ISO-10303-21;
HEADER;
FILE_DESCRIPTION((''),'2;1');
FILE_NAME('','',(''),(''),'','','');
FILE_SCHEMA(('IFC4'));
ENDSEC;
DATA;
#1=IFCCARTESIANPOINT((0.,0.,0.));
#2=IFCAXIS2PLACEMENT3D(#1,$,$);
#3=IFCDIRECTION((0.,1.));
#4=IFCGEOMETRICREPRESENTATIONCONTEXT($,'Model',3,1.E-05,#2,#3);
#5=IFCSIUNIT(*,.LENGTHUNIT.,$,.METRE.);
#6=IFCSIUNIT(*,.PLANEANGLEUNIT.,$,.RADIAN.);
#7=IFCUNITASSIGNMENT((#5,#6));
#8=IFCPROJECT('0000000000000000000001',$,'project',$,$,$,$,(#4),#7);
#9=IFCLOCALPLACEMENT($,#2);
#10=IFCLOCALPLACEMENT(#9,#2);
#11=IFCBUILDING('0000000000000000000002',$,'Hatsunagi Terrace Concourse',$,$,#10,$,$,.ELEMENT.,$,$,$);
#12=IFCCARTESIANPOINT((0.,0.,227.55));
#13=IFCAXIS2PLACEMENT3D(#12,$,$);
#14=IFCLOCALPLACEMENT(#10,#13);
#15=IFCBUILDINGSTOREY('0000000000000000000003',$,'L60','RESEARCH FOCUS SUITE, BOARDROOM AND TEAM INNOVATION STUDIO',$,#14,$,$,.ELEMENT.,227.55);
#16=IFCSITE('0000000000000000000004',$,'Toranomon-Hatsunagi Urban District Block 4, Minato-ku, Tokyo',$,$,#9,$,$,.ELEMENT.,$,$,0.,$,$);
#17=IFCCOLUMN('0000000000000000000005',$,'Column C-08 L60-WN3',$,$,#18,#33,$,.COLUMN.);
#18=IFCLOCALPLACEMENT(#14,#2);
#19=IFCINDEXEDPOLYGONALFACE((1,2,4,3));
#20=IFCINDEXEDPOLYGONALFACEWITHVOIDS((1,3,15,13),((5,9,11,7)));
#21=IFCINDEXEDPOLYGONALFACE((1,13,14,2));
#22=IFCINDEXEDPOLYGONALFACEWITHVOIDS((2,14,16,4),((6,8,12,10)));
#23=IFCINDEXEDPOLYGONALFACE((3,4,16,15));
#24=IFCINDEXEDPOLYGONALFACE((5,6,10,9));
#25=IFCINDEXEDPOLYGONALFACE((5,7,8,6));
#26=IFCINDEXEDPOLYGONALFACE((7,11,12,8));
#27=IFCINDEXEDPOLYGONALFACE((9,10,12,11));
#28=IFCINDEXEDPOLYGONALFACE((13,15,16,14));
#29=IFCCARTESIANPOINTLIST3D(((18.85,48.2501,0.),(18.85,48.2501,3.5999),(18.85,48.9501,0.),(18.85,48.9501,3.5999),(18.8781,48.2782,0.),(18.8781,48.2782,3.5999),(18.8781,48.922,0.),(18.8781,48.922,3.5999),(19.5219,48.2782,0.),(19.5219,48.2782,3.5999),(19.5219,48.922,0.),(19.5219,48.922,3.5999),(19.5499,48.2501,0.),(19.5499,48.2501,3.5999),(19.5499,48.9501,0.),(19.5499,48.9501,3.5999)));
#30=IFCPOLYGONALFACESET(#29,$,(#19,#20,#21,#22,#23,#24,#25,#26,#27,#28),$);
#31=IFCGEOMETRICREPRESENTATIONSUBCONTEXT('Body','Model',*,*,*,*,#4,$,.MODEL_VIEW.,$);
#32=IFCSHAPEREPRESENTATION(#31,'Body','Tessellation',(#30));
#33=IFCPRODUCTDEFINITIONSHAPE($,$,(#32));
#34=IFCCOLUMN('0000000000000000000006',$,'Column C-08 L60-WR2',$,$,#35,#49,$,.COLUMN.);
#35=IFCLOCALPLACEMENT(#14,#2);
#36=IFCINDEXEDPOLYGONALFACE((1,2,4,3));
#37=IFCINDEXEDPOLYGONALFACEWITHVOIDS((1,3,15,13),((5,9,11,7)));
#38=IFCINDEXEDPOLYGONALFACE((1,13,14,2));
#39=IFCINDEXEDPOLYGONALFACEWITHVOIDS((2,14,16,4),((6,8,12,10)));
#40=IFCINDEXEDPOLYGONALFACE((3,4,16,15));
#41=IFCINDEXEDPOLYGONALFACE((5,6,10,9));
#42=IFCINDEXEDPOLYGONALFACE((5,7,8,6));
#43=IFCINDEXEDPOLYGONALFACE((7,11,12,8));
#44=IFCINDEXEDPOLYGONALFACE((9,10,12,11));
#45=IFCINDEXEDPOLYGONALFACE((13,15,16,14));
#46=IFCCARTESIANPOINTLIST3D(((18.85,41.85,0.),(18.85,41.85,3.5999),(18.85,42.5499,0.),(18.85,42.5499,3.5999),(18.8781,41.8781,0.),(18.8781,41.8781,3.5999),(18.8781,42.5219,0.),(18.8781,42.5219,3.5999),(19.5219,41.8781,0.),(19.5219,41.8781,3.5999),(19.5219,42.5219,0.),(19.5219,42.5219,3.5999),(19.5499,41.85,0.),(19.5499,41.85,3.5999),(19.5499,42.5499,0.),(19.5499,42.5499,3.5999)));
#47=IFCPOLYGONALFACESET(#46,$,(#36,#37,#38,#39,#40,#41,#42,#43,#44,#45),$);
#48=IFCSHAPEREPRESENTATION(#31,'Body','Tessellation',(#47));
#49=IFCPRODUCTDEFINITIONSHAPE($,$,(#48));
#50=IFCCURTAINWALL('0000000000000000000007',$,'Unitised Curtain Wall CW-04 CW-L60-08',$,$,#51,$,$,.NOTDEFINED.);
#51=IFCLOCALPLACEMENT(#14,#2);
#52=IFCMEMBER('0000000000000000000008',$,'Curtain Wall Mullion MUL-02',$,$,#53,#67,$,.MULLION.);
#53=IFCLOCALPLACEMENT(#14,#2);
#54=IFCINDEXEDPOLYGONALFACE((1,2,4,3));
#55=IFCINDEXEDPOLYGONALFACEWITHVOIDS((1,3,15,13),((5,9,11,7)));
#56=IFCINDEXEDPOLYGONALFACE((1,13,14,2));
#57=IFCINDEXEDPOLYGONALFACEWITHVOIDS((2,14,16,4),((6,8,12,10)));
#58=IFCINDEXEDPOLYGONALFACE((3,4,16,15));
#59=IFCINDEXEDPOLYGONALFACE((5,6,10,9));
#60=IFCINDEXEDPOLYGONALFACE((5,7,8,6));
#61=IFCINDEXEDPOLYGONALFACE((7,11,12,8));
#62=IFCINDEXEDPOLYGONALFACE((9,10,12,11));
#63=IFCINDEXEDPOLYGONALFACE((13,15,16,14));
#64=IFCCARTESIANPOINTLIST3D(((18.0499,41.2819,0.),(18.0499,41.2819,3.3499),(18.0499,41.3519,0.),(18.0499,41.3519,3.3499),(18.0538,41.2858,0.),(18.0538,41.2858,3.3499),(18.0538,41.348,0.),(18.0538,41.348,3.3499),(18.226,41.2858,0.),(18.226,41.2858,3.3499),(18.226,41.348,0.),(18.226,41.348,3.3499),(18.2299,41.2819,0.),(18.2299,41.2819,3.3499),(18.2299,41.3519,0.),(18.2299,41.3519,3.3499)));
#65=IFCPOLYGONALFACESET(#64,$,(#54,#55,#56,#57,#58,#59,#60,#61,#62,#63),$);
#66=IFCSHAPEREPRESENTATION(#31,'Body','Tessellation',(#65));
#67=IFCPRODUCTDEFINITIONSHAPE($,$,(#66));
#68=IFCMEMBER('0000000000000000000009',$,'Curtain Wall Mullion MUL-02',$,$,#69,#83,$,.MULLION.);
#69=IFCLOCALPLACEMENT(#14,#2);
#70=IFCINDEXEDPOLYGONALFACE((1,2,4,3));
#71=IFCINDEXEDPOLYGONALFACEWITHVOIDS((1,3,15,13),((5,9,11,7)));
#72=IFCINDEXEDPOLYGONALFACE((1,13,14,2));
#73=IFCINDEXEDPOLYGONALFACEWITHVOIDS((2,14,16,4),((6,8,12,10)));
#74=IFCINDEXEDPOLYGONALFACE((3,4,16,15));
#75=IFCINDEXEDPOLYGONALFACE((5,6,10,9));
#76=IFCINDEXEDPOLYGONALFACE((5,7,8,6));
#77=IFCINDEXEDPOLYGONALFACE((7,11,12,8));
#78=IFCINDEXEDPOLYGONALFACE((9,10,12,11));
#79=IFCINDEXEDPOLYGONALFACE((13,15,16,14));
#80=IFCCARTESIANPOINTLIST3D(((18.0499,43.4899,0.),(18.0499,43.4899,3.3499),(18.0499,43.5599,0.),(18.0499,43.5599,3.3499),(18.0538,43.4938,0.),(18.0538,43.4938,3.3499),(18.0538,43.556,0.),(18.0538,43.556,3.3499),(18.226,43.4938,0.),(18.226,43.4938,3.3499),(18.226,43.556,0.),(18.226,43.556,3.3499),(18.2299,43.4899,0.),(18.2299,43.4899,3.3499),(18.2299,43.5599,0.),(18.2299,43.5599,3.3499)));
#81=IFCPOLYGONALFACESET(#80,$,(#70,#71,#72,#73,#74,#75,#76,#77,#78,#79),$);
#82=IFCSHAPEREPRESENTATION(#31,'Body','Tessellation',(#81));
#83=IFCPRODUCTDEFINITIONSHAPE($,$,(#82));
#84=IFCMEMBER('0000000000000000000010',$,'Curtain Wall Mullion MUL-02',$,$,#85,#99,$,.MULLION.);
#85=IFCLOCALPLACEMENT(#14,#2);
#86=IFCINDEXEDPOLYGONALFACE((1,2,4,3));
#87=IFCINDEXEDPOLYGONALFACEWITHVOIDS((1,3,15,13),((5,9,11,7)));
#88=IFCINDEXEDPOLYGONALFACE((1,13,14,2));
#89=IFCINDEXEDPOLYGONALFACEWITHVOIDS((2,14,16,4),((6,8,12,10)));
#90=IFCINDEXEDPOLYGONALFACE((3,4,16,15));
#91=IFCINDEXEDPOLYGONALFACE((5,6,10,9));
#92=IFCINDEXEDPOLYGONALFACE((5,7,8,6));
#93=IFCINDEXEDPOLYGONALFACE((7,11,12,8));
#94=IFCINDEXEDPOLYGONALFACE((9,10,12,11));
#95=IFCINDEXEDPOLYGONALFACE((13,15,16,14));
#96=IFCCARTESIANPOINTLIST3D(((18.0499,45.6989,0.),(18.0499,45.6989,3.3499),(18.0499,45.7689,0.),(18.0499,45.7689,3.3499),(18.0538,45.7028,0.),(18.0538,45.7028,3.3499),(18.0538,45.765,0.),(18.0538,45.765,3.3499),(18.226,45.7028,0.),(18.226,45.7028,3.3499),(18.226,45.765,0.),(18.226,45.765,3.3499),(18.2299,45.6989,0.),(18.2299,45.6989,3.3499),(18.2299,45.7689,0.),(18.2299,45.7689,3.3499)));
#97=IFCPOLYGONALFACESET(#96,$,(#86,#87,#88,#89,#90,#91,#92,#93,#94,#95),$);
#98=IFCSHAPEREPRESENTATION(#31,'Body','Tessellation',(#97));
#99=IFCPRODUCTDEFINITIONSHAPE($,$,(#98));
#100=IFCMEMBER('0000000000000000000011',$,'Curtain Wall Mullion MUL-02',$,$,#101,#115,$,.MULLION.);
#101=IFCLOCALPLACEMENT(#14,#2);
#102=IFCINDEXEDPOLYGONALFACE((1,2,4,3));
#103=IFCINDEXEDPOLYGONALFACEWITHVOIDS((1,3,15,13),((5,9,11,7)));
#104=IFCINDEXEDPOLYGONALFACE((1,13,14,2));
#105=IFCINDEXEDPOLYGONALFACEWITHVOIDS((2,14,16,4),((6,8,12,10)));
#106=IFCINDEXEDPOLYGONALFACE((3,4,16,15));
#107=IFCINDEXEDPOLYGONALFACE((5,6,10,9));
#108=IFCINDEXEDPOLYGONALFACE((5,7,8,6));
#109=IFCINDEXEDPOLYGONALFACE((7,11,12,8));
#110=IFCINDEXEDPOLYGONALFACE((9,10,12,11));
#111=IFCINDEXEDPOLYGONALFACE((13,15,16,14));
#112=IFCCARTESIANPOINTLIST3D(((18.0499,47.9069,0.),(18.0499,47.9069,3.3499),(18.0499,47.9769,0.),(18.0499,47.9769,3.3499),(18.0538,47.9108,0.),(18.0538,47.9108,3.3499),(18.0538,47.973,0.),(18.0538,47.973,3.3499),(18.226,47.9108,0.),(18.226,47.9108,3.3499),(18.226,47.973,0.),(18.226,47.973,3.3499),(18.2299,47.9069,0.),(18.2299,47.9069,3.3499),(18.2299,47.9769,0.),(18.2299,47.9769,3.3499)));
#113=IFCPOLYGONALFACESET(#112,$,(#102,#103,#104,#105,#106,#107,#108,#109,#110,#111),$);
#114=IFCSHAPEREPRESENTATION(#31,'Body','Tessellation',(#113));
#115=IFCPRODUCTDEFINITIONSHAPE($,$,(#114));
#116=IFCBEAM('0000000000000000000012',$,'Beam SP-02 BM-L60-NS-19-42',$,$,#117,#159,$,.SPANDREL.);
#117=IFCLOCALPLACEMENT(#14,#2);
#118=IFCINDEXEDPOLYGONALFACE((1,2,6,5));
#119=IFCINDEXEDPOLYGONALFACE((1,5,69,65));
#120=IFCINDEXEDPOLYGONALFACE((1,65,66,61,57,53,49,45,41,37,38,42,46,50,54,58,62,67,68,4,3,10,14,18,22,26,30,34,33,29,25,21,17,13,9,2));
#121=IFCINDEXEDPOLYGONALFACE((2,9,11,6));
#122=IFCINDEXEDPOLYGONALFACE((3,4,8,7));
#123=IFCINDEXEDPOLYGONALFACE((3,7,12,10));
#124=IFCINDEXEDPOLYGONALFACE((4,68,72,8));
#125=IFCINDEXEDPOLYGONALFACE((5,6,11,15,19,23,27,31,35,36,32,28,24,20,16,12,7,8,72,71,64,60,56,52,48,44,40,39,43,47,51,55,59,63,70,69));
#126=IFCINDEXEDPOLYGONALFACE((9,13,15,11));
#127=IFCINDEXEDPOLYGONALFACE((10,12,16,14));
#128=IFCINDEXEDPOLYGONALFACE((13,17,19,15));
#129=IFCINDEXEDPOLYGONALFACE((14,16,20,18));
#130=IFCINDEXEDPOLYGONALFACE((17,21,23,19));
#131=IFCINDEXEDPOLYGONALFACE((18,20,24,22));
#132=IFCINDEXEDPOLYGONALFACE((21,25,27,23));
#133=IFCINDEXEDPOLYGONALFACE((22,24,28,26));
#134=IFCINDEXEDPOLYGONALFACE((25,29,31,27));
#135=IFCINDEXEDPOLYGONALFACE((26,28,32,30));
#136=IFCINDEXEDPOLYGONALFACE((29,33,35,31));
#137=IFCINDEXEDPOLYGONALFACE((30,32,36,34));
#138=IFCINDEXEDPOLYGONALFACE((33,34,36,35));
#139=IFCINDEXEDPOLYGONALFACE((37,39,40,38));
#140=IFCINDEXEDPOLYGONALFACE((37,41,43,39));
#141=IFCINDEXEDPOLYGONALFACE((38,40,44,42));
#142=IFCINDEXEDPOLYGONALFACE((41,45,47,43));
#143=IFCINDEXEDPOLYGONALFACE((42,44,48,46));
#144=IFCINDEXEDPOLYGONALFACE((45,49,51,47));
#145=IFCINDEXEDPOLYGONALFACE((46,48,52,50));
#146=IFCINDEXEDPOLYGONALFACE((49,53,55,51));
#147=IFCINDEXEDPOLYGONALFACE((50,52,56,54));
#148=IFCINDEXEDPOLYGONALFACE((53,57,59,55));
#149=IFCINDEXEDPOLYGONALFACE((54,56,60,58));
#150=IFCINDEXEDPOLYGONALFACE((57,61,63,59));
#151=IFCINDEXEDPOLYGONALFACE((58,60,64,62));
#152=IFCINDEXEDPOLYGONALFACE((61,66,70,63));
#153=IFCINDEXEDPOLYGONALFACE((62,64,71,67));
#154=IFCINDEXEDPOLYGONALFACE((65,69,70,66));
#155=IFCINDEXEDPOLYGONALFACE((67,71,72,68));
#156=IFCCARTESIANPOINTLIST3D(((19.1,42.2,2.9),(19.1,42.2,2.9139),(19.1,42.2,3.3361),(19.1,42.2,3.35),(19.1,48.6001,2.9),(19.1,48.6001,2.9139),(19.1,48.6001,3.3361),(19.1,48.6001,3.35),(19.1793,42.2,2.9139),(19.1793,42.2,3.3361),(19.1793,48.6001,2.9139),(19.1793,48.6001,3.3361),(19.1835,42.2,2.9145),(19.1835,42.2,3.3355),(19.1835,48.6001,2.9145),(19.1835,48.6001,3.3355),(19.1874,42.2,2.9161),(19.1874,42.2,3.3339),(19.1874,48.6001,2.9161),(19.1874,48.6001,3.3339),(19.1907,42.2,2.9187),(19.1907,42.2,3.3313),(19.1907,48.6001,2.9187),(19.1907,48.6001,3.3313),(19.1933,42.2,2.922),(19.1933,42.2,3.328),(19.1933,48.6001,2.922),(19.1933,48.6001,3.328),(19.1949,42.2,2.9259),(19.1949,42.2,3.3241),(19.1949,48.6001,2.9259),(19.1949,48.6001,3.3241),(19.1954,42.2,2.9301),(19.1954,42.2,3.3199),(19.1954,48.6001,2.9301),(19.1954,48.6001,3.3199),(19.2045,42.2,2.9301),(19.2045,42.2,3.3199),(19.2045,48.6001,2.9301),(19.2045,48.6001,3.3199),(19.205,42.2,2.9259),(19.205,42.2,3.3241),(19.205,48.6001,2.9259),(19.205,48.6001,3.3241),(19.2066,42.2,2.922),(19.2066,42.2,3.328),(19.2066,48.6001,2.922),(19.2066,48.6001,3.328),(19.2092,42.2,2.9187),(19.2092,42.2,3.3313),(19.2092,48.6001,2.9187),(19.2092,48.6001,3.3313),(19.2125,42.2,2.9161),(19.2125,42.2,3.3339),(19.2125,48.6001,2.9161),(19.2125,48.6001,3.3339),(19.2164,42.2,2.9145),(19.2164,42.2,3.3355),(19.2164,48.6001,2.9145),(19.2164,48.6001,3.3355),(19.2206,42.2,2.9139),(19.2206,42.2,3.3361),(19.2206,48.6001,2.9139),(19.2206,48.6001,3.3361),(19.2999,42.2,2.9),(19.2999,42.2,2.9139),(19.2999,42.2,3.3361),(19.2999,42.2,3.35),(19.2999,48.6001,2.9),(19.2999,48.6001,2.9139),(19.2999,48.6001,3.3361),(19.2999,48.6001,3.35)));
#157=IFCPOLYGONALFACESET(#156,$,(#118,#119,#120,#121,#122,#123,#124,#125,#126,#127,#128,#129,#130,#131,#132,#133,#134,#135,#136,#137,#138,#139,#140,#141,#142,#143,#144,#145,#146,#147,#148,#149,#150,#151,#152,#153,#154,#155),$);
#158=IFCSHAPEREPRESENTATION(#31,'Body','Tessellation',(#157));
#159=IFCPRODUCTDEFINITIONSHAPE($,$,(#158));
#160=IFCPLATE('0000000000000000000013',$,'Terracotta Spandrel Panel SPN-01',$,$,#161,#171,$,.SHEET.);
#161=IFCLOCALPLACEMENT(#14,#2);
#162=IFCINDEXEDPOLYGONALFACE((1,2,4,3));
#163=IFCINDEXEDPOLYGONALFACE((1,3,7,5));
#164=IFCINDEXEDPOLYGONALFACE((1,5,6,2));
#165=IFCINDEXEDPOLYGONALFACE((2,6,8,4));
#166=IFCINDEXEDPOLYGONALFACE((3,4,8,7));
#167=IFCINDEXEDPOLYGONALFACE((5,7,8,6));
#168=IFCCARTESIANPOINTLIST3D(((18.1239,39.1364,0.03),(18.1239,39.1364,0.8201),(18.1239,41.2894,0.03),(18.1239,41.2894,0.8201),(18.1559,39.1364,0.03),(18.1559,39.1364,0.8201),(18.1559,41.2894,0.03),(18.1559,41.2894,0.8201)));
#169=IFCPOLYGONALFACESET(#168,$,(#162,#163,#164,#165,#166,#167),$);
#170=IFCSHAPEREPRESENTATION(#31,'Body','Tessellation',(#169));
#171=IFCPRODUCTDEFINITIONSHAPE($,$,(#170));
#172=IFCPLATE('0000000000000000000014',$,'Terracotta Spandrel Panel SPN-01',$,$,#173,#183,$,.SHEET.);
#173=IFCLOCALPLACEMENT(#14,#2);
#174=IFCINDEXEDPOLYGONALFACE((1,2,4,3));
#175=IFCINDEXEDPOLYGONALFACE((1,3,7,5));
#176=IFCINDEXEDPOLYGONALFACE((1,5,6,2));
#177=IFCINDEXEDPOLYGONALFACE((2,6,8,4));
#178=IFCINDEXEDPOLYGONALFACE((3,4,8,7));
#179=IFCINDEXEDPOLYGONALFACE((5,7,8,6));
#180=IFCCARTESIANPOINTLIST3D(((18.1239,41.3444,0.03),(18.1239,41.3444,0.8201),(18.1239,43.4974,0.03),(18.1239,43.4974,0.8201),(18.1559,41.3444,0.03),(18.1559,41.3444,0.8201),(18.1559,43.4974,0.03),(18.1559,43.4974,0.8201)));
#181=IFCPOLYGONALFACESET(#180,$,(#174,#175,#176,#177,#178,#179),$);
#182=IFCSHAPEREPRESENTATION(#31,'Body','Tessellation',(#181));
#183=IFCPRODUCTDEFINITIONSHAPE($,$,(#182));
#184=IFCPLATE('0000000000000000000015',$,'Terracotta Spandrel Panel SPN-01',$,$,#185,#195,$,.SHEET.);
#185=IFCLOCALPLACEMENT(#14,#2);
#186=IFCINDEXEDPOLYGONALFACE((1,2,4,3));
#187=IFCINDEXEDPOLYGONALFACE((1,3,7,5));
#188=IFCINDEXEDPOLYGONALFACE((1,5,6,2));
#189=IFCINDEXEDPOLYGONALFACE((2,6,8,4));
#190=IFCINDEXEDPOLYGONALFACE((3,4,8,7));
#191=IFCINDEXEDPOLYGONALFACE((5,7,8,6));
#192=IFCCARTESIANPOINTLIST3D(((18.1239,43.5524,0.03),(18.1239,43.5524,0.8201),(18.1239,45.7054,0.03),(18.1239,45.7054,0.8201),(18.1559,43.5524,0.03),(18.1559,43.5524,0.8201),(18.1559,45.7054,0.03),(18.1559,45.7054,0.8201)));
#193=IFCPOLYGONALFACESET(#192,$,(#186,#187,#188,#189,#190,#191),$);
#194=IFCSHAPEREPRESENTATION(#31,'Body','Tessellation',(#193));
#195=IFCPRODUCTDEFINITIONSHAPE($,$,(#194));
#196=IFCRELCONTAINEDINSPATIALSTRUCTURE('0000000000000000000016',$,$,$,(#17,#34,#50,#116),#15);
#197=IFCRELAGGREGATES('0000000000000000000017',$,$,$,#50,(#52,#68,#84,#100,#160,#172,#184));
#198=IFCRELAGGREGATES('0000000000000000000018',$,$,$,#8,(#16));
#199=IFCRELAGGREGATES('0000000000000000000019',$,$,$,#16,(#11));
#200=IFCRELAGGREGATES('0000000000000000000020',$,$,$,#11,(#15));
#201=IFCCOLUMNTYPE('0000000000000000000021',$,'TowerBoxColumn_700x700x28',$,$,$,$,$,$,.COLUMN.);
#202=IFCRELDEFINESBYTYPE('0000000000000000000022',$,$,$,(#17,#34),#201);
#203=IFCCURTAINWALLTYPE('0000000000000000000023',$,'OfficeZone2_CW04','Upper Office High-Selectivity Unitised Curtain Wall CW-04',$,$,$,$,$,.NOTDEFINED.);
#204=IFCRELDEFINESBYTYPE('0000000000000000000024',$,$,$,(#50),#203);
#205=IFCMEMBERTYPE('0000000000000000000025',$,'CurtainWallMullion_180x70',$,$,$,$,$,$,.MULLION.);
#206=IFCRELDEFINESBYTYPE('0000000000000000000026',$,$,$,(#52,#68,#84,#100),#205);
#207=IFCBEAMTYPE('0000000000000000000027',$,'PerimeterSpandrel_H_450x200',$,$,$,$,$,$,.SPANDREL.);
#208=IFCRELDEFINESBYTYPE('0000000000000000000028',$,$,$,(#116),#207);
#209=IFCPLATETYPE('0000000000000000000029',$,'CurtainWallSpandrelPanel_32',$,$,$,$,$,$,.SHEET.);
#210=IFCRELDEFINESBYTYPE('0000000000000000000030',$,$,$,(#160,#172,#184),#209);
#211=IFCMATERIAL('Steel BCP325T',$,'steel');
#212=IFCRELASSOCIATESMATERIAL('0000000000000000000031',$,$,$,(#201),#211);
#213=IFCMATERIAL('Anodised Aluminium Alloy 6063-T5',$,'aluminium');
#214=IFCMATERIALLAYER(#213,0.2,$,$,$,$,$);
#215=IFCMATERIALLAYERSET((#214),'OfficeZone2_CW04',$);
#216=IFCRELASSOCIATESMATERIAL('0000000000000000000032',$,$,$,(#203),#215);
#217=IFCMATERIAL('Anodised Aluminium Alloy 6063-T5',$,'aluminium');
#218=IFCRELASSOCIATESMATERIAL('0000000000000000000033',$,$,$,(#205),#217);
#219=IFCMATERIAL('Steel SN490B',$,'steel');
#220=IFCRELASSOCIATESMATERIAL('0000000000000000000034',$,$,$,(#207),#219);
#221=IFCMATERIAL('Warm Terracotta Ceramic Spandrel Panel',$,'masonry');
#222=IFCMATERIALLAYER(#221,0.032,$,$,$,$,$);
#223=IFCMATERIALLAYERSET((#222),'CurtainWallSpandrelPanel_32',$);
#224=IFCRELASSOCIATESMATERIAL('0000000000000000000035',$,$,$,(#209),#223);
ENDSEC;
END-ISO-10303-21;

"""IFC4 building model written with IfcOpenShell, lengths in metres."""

from ifc_helpers import new_model, si_unit, direction, frame, origin, origin_2d, place, context, subcontext, project, spatial, rectangle, hollow_rectangle, i_section, extrude, material, layer, layer_set, material_profile, profile_set, type_object, element, aggregate, save


model = new_model("IFC4")

# Units and contexts
model_context = context("Model", 3, precision=1e-05, world=origin(), true_north=direction((0.0, 1.0)))
body_context = subcontext(model_context, "Body", "Model", "MODEL_VIEW")
ifc_project = project(units=[si_unit("LENGTHUNIT", "METRE"), si_unit("PLANEANGLEUNIT", "RADIAN")], contexts=[model_context])

# Site, building, storey
site_placement = place(None, origin())
site = spatial("IfcSite", under=ifc_project, at=site_placement, Name="Toranomon-Hatsunagi Urban District Block 4, Minato-ku, Tokyo", CompositionType="ELEMENT", RefElevation=0.0)
building_placement = place(site_placement, origin())
building = spatial("IfcBuilding", under=site, at=building_placement, Name="Hatsunagi Terrace Concourse", CompositionType="ELEMENT")
storey_placement = place(building_placement, frame((0.0, 0.0, 227.55)))
storey = spatial("IfcBuildingStorey", under=building, at=storey_placement, Name="L60", Description="RESEARCH FOCUS SUITE, BOARDROOM AND TEAM INNOVATION STUDIO", CompositionType="ELEMENT", Elevation=227.55)

# Columns
ifc_material_1 = material(Name="Steel BCP325T", Category="steel")
ifc_material_profile_1 = material_profile(ifc_material_1, hollow_rectangle(XDim=0.7, YDim=0.7, WallThickness=0.0281, at=origin_2d()), Name="BCP-700x700x28")
ifc_profile_set_1 = profile_set([ifc_material_profile_1], Name="Steel BCP325T")
column_type = type_object("IfcColumnType", Name="TowerBoxColumn_700x700x28", PredefinedType="COLUMN", material=ifc_profile_set_1)
for number, where, z_axis, x_axis, name in (
    (1, (19.2, 48.6001, 0.0), (0.0, 0.0, 1.0), (1.0, 0.0, 0.0), "Column C-08 L60-WN3"),
    (2, (19.2, 42.2, 0.0), (0.0, 0.0, 1.0), (1.0, 0.0, 0.0), "Column C-08 L60-WR2"),
):
    element("IfcColumn", number, at=place(storey_placement, frame(where, z_axis=z_axis, x_axis=x_axis)), inside=storey, type_object=column_type, Name=name, PredefinedType="COLUMN", context=body_context, shape_type="SweptSolid", body=[
        extrude(hollow_rectangle(XDim=0.7, YDim=0.7, WallThickness=0.0281, at=origin_2d()), origin(), (0.0, 0.0, 1.0), 3.5999),
    ])

# Curtain wall, members
ifc_material_2 = material(Name="Anodised Aluminium Alloy 6063-T5", Category="aluminium")
ifc_layer_1 = layer(ifc_material_2, 0.2)
ifc_layer_set_1 = layer_set([ifc_layer_1], Name="OfficeZone2_CW04")
curtain_wall_type = type_object("IfcCurtainWallType", Name="OfficeZone2_CW04", Description="Upper Office High-Selectivity Unitised Curtain Wall CW-04", PredefinedType="NOTDEFINED", material=ifc_layer_set_1)
curtain_wall_placement = place(storey_placement, origin())
curtain_wall = element("IfcCurtainWall", 3, at=curtain_wall_placement, inside=storey, type_object=curtain_wall_type, Name="Unitised Curtain Wall CW-04 CW-L60-08", PredefinedType="NOTDEFINED")
ifc_material_3 = material(Name="Anodised Aluminium Alloy 6063-T5", Category="aluminium")
ifc_material_profile_2 = material_profile(ifc_material_3, hollow_rectangle(XDim=0.0701, YDim=0.1799, WallThickness=0.0039, at=origin_2d()), Name="ALU-MUL-180x70x4")
ifc_profile_set_2 = profile_set([ifc_material_profile_2], Name="Anodised Aluminium Alloy 6063-T5")
member_type = type_object("IfcMemberType", Name="CurtainWallMullion_180x70", PredefinedType="MULLION", material=ifc_profile_set_2)
member_1_placement = place(storey_placement, frame((18.1399, 41.3169, 0.0), z_axis=(0.0, 0.0, 1.0), x_axis=(0.0, 1.0, 0.0)))
member_1 = element("IfcMember", 4, at=member_1_placement, type_object=member_type, Name="Curtain Wall Mullion MUL-02", PredefinedType="MULLION", context=body_context, shape_type="SweptSolid", body=[
    extrude(hollow_rectangle(XDim=0.0701, YDim=0.1799, WallThickness=0.0039, at=origin_2d()), origin(), (0.0, 0.0, 1.0), 3.3499),
])
member_2_placement = place(storey_placement, frame((18.1399, 43.5249, 0.0), z_axis=(0.0, 0.0, 1.0), x_axis=(0.0, 1.0, 0.0)))
member_2 = element("IfcMember", 5, at=member_2_placement, type_object=member_type, Name="Curtain Wall Mullion MUL-02", PredefinedType="MULLION", context=body_context, shape_type="SweptSolid", body=[
    extrude(hollow_rectangle(XDim=0.0701, YDim=0.1799, WallThickness=0.0039, at=origin_2d()), origin(), (0.0, 0.0, 1.0), 3.3499),
])
member_3_placement = place(storey_placement, frame((18.1399, 45.7339, 0.0), z_axis=(0.0, 0.0, 1.0), x_axis=(0.0, 1.0, 0.0)))
member_3 = element("IfcMember", 6, at=member_3_placement, type_object=member_type, Name="Curtain Wall Mullion MUL-02", PredefinedType="MULLION", context=body_context, shape_type="SweptSolid", body=[
    extrude(hollow_rectangle(XDim=0.0701, YDim=0.1799, WallThickness=0.0039, at=origin_2d()), origin(), (0.0, 0.0, 1.0), 3.3499),
])
member_4_placement = place(storey_placement, frame((18.1399, 47.9419, 0.0), z_axis=(0.0, 0.0, 1.0), x_axis=(0.0, 1.0, 0.0)))
member_4 = element("IfcMember", 7, at=member_4_placement, type_object=member_type, Name="Curtain Wall Mullion MUL-02", PredefinedType="MULLION", context=body_context, shape_type="SweptSolid", body=[
    extrude(hollow_rectangle(XDim=0.0701, YDim=0.1799, WallThickness=0.0039, at=origin_2d()), origin(), (0.0, 0.0, 1.0), 3.3499),
])

# Beam
ifc_material_4 = material(Name="Steel SN490B", Category="steel")
ifc_material_profile_3 = material_profile(ifc_material_4, i_section(OverallWidth=0.2, OverallDepth=0.45, WebThickness=0.009, FlangeThickness=0.0139, FilletRadius=0.0161, at=origin_2d()), Name="H-450x200x9x14")
ifc_profile_set_3 = profile_set([ifc_material_profile_3], Name="Steel SN490B")
beam_type = type_object("IfcBeamType", Name="PerimeterSpandrel_H_450x200", PredefinedType="SPANDREL", material=ifc_profile_set_3)
beam_placement = place(storey_placement, frame((19.2, 42.2, 3.125), z_axis=(0.0, 1.0, 0.0), x_axis=(-1.0, 0.0, 0.0)))
element("IfcBeam", 8, at=beam_placement, inside=storey, type_object=beam_type, Name="Beam SP-02 BM-L60-NS-19-42", PredefinedType="SPANDREL", context=body_context, shape_type="SweptSolid", body=[
    extrude(i_section(OverallWidth=0.2, OverallDepth=0.45, WebThickness=0.009, FlangeThickness=0.0139, FilletRadius=0.0161, at=origin_2d()), origin(), (0.0, 0.0, 1.0), 6.4001),
])

# Plates
ifc_material_5 = material(Name="Warm Terracotta Ceramic Spandrel Panel", Category="masonry")
ifc_layer_2 = layer(ifc_material_5, 0.032)
ifc_layer_set_2 = layer_set([ifc_layer_2], Name="CurtainWallSpandrelPanel_32")
plate_type_1 = type_object("IfcPlateType", Name="CurtainWallSpandrelPanel_32", PredefinedType="SHEET", material=ifc_layer_set_2)
plate_1_placement = place(storey_placement, frame((18.1399, 40.2129, 0.03), z_axis=(0.0, 0.0, 1.0), x_axis=(0.0, 1.0, 0.0)))
plate_1 = element("IfcPlate", 9, at=plate_1_placement, type_object=plate_type_1, Name="Terracotta Spandrel Panel SPN-01", PredefinedType="SHEET", context=body_context, shape_type="SweptSolid", body=[
    extrude(rectangle(XDim=2.1531, YDim=0.032, at=origin_2d()), origin(), (0.0, 0.0, 1.0), 0.79),
])
plate_2_placement = place(storey_placement, frame((18.1399, 42.4209, 0.03), z_axis=(0.0, 0.0, 1.0), x_axis=(0.0, 1.0, 0.0)))
plate_2 = element("IfcPlate", 10, at=plate_2_placement, type_object=plate_type_1, Name="Terracotta Spandrel Panel SPN-01", PredefinedType="SHEET", context=body_context, shape_type="SweptSolid", body=[
    extrude(rectangle(XDim=2.1531, YDim=0.032, at=origin_2d()), origin(), (0.0, 0.0, 1.0), 0.79),
])
plate_3_placement = place(storey_placement, frame((18.1399, 44.6289, 0.03), z_axis=(0.0, 0.0, 1.0), x_axis=(0.0, 1.0, 0.0)))
plate_3 = element("IfcPlate", 11, at=plate_3_placement, type_object=plate_type_1, Name="Terracotta Spandrel Panel SPN-01", PredefinedType="SHEET", context=body_context, shape_type="SweptSolid", body=[
    extrude(rectangle(XDim=2.1531, YDim=0.032, at=origin_2d()), origin(), (0.0, 0.0, 1.0), 0.79),
])
aggregate(curtain_wall, [member_1, member_2, member_3, member_4, plate_1, plate_2, plate_3])

save(model, "model.ifc")
